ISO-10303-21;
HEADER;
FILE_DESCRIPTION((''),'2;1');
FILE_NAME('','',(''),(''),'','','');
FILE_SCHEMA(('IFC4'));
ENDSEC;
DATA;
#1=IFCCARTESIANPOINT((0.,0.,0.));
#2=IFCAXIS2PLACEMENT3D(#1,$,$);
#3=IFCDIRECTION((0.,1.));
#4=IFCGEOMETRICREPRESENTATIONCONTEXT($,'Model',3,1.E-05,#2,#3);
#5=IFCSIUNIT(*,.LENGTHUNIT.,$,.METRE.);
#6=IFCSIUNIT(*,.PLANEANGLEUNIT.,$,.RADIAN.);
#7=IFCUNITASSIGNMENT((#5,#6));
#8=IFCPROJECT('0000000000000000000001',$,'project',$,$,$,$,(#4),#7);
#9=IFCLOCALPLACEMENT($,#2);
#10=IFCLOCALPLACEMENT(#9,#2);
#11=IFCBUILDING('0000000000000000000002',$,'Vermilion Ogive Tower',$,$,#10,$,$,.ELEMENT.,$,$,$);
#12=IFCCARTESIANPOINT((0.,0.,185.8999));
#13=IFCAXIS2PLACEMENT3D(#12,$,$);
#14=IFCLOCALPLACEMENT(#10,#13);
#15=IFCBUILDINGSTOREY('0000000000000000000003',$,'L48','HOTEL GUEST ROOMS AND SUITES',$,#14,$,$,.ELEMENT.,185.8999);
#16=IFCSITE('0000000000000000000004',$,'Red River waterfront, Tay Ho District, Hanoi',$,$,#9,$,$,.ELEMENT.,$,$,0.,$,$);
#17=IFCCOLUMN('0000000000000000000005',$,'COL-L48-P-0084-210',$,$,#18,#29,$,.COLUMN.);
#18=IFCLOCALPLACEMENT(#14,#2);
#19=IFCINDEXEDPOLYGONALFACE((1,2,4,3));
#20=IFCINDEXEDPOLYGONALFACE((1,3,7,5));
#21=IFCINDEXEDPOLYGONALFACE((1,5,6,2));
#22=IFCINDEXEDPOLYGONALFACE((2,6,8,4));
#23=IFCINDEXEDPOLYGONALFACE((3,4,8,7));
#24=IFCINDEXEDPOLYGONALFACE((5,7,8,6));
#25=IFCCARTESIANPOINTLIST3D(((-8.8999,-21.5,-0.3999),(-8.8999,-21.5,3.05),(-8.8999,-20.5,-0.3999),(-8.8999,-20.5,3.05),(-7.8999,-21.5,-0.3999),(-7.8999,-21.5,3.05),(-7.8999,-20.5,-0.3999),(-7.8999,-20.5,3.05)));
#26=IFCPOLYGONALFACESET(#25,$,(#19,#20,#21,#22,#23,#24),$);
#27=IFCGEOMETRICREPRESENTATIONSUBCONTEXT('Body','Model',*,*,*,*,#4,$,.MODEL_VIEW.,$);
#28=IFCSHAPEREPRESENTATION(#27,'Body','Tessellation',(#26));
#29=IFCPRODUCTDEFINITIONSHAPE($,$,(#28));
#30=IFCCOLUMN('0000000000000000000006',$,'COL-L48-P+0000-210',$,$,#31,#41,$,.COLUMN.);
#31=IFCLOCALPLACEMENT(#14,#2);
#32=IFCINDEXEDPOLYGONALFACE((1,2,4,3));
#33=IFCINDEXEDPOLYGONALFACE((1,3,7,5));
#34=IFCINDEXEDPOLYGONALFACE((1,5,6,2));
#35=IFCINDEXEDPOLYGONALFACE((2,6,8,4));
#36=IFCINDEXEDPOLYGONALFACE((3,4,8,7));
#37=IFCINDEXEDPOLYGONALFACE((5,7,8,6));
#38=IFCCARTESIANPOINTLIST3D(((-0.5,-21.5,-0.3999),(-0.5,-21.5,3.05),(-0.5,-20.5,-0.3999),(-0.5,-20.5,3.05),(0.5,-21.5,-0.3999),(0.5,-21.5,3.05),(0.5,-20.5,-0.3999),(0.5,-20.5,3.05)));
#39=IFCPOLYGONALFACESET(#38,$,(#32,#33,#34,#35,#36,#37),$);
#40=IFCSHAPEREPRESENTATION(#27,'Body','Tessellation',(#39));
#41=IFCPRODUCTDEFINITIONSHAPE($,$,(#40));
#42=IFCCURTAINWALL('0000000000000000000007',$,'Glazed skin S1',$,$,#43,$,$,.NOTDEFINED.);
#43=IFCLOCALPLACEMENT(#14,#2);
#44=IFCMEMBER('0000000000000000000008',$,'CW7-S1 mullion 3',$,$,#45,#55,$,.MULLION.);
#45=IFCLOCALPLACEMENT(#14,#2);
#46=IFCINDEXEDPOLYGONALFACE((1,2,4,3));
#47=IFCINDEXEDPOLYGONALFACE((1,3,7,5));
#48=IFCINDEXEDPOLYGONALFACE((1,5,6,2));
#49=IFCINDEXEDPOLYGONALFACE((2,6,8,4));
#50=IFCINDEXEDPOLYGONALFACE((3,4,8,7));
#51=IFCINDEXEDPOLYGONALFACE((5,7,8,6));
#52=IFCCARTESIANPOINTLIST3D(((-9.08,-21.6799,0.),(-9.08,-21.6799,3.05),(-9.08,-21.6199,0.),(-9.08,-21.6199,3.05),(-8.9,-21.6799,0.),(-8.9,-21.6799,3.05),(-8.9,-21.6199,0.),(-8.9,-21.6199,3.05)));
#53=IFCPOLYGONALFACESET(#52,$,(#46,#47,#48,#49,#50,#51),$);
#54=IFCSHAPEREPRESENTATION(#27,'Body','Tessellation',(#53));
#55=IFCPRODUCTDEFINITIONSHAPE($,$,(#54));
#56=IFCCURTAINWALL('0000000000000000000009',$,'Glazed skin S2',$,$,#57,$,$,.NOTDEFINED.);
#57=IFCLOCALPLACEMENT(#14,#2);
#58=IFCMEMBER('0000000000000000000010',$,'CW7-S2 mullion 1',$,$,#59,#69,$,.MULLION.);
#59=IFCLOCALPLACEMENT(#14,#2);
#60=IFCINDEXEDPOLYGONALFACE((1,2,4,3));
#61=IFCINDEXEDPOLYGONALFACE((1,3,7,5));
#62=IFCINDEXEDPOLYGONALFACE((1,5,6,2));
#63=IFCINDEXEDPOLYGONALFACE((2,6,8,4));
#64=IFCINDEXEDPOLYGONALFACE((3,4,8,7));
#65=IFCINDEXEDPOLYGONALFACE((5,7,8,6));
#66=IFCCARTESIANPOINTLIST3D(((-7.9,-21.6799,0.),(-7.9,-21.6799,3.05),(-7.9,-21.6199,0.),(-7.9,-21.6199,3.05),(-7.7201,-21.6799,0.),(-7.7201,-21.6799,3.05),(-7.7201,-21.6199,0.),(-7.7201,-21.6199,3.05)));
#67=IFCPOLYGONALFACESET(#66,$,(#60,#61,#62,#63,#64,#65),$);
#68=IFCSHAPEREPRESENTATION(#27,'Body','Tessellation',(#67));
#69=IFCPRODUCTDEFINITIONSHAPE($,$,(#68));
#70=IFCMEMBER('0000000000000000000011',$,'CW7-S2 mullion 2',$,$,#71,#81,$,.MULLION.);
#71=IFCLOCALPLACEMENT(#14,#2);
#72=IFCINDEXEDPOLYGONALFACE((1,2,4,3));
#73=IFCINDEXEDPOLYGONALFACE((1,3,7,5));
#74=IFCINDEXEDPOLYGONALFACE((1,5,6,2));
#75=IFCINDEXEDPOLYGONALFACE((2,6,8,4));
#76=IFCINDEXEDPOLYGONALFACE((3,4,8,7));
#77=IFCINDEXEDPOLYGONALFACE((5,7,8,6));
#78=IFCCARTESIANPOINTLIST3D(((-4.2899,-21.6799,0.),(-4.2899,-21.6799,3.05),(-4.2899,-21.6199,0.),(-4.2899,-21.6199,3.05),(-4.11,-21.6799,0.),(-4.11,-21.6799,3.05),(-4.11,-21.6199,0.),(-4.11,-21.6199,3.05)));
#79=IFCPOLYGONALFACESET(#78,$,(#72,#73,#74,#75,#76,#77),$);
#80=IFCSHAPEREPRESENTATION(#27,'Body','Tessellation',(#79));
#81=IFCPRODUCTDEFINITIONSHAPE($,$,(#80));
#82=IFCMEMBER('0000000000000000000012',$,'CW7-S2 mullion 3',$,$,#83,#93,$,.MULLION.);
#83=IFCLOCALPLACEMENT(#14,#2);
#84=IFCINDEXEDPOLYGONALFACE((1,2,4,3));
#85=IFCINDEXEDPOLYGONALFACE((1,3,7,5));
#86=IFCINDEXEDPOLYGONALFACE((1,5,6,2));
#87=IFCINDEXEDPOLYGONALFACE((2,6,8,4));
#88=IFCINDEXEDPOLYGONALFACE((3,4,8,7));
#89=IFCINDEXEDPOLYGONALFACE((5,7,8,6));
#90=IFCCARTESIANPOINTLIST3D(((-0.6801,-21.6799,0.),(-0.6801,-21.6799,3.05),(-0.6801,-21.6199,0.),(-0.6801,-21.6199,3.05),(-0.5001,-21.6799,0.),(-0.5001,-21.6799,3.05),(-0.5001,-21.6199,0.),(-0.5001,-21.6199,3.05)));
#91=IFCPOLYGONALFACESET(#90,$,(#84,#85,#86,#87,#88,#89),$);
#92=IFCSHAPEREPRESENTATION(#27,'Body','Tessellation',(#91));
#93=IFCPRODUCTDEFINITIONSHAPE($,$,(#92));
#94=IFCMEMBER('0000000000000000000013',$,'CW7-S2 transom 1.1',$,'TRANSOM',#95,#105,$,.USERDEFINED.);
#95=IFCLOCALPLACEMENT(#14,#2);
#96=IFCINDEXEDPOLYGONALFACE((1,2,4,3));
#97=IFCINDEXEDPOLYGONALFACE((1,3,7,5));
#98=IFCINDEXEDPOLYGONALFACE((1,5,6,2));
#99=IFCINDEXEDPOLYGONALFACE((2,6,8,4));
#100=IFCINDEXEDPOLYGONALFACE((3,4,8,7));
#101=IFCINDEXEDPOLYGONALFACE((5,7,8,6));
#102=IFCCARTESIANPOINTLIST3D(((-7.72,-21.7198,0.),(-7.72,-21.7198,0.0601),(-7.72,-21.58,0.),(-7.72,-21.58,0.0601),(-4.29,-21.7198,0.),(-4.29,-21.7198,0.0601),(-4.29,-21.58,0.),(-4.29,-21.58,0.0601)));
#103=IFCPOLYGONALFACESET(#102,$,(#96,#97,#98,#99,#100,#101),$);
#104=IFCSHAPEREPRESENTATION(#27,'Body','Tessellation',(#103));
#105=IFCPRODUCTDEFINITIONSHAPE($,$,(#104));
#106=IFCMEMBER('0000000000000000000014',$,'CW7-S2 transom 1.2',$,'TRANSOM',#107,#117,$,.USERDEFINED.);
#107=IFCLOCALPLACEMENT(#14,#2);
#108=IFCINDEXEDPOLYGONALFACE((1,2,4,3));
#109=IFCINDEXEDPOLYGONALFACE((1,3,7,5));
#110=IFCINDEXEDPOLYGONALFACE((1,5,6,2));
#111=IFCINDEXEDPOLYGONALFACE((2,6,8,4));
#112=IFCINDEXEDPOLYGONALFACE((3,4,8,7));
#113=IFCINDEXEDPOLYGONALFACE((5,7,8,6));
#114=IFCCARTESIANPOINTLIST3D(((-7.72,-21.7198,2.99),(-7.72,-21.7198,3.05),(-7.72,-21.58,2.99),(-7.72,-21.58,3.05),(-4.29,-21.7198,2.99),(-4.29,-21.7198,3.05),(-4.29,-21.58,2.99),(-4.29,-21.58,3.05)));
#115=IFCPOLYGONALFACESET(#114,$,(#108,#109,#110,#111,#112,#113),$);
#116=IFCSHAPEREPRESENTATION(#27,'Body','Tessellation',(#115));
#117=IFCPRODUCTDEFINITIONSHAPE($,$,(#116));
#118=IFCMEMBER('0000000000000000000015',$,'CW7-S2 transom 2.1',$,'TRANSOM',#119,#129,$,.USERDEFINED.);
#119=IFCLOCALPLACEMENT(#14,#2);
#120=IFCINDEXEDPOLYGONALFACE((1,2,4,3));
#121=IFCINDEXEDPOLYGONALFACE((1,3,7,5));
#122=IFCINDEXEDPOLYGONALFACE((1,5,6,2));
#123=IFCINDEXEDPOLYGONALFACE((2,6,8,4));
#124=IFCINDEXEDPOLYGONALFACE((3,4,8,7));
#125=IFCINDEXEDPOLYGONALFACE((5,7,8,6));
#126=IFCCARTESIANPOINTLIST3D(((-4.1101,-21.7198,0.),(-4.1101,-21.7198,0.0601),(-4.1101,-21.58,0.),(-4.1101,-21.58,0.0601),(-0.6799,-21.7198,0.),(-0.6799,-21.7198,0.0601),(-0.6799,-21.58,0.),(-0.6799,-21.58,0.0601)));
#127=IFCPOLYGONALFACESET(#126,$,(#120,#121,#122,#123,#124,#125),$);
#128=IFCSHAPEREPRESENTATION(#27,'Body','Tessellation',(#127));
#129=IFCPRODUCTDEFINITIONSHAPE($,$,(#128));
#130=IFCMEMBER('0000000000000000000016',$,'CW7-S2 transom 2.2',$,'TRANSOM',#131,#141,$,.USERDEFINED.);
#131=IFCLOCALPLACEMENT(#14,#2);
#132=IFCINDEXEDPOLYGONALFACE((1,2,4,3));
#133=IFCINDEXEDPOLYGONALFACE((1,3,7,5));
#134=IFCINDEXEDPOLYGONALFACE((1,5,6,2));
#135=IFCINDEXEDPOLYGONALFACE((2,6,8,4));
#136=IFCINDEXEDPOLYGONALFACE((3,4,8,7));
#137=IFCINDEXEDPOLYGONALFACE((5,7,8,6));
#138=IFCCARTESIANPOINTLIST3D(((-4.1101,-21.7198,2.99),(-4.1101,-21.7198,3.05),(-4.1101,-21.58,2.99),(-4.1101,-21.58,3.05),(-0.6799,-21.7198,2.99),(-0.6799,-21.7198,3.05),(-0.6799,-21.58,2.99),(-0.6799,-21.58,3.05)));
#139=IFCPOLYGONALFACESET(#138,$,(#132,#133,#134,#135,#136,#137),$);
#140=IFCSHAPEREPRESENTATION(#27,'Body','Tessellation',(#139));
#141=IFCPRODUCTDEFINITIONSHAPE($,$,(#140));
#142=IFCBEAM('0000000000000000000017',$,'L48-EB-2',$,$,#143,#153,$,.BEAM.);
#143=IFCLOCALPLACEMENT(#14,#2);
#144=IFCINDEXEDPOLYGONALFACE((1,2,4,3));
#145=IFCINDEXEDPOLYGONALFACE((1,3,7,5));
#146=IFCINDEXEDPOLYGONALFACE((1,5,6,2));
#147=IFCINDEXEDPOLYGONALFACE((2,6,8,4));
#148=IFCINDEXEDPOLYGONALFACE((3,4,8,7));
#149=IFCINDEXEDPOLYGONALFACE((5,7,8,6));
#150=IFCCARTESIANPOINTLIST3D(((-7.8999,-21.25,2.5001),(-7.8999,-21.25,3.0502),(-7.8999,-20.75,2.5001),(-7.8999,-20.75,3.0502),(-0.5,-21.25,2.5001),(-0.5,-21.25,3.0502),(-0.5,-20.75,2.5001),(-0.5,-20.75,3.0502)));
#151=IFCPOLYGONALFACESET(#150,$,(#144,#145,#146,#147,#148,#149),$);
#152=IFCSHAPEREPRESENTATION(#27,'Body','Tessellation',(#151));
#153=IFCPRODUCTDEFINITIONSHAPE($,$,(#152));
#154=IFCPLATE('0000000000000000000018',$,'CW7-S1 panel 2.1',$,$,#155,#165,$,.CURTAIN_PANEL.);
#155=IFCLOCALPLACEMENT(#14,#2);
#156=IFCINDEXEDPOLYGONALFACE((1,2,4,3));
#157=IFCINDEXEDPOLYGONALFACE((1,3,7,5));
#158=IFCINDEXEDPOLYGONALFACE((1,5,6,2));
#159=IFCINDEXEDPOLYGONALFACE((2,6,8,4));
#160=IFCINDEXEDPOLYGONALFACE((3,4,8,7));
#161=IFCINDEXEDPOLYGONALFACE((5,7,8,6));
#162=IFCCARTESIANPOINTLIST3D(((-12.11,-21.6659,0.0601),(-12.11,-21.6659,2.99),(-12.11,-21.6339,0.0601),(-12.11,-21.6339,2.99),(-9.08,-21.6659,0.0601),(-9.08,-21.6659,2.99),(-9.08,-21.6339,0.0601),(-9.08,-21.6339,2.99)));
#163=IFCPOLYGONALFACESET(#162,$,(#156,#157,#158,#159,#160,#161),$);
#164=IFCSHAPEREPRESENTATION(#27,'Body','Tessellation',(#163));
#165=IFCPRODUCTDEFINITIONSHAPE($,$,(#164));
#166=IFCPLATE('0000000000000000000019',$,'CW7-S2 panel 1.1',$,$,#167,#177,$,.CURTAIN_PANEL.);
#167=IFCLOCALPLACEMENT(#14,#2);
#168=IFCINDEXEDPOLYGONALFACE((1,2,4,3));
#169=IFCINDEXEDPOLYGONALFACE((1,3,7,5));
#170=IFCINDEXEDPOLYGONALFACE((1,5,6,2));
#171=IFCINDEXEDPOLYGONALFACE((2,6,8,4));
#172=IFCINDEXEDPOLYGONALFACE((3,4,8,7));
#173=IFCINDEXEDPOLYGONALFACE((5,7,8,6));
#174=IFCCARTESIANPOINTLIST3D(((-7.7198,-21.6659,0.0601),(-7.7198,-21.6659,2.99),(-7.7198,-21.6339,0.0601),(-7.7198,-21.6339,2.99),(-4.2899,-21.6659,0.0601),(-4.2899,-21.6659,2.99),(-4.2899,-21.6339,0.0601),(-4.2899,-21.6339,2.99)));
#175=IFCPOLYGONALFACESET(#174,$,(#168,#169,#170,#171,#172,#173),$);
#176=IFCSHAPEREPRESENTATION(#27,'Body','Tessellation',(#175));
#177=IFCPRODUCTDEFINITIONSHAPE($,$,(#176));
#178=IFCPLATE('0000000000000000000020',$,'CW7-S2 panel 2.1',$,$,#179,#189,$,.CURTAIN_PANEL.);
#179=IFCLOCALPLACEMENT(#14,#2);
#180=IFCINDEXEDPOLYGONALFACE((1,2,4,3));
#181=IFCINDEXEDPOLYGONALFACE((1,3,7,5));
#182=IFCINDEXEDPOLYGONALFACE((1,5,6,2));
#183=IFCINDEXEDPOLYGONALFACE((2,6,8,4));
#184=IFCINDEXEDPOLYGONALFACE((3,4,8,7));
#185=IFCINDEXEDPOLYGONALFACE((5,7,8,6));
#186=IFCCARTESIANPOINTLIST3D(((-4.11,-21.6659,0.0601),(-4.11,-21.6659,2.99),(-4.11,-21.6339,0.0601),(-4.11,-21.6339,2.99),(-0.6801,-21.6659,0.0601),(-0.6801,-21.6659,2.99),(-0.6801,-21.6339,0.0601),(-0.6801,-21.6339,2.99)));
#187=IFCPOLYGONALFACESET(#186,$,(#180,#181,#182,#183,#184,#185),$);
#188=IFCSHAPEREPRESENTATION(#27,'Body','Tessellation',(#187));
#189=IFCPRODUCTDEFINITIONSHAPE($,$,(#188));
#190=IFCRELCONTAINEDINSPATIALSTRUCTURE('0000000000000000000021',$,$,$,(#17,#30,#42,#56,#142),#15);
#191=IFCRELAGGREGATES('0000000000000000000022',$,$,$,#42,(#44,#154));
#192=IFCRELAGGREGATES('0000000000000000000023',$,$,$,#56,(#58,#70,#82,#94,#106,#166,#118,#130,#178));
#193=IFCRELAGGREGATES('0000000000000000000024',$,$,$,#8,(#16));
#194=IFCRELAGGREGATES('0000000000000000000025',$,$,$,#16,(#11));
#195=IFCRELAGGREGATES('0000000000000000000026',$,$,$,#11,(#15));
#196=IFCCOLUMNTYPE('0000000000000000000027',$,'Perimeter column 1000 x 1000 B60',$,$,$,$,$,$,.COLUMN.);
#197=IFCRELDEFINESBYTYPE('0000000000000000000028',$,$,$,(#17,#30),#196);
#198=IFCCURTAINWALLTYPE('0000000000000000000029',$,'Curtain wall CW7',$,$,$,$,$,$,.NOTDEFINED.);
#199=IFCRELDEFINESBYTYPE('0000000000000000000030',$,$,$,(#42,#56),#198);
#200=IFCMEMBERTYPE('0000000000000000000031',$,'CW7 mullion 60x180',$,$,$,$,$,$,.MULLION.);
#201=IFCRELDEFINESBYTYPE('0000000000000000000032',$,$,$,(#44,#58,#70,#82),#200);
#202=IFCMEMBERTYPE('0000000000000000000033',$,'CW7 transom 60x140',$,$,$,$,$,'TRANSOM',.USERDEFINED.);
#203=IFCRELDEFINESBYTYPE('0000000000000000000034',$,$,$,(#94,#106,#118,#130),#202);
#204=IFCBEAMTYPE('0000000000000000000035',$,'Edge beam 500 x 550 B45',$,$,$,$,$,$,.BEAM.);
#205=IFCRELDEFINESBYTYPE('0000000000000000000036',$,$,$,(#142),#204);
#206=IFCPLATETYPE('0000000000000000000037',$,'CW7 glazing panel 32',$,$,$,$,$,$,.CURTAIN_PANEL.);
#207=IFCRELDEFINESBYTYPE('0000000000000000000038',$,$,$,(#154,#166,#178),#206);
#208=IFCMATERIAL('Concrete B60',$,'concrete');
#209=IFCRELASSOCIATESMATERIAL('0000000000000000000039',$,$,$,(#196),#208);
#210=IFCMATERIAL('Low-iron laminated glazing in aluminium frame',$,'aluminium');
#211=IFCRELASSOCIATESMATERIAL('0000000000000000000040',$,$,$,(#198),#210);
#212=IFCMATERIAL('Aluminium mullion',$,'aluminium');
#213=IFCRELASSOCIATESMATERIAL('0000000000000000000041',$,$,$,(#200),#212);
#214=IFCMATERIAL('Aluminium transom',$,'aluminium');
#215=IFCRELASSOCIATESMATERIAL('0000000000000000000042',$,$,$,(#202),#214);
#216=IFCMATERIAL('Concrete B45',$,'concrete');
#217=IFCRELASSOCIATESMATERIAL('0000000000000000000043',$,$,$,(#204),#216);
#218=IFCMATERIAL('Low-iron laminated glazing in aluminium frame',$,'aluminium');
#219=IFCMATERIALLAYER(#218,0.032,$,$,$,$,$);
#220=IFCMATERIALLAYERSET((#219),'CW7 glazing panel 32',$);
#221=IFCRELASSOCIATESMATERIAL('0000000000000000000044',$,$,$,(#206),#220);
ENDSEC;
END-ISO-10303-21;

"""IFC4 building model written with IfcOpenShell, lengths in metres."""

from ifc_helpers import new_model, si_unit, direction, frame, origin, origin_2d, place, context, subcontext, project, spatial, rectangle, extrude, material, layer, layer_set, material_profile, profile_set, type_object, element, aggregate, save


model = new_model("IFC4")

# Units and contexts
model_context = context("Model", 3, precision=1e-05, world=origin(), true_north=direction((0.0, 1.0)))
body_context = subcontext(model_context, "Body", "Model", "MODEL_VIEW")
ifc_project = project(units=[si_unit("LENGTHUNIT", "METRE"), si_unit("PLANEANGLEUNIT", "RADIAN")], contexts=[model_context])

# Site, building, storey
site_placement = place(None, origin())
site = spatial("IfcSite", under=ifc_project, at=site_placement, Name="Red River waterfront, Tay Ho District, Hanoi", CompositionType="ELEMENT", RefElevation=0.0)
building_placement = place(site_placement, origin())
building = spatial("IfcBuilding", under=site, at=building_placement, Name="Vermilion Ogive Tower", CompositionType="ELEMENT")
storey_placement = place(building_placement, frame((0.0, 0.0, 185.8999)))
storey = spatial("IfcBuildingStorey", under=building, at=storey_placement, Name="L48", Description="HOTEL GUEST ROOMS AND SUITES", CompositionType="ELEMENT", Elevation=185.8999)

# Columns
ifc_material_1 = material(Name="Concrete B60", Category="concrete")
ifc_material_profile_1 = material_profile(ifc_material_1, rectangle(XDim=1.0, YDim=1.0, at=origin_2d()), Name="1000 x 1000")
ifc_profile_set_1 = profile_set([ifc_material_profile_1], Name="Concrete B60")
column_type = type_object("IfcColumnType", Name="Perimeter column 1000 x 1000 B60", PredefinedType="COLUMN", material=ifc_profile_set_1)
for number, where, z_axis, x_axis, name in (
    (1, (-8.3999, -21.0, -0.3999), (0.0, 0.0, 1.0), (1.0, 0.0, 0.0), "COL-L48-P-0084-210"),
    (2, (0.0, -21.0, -0.3999), (0.0, 0.0, 1.0), (1.0, 0.0, 0.0), "COL-L48-P+0000-210"),
):
    element("IfcColumn", number, at=place(storey_placement, frame(where, z_axis=z_axis, x_axis=x_axis)), inside=storey, type_object=column_type, Name=name, PredefinedType="COLUMN", context=body_context, shape_type="SweptSolid", body=[
        extrude(rectangle(XDim=1.0, YDim=1.0, at=origin_2d()), origin(), (0.0, 0.0, 1.0), 3.45),
    ])

# Curtain wall, member
ifc_material_2 = material(Name="Low-iron laminated glazing in aluminium frame", Category="aluminium")
curtain_wall_type = type_object("IfcCurtainWallType", Name="Curtain wall CW7", PredefinedType="NOTDEFINED", material=ifc_material_2)
curtain_wall_1_placement = place(storey_placement, origin())
curtain_wall_1 = element("IfcCurtainWall", 3, at=curtain_wall_1_placement, inside=storey, type_object=curtain_wall_type, Name="Glazed skin S1", PredefinedType="NOTDEFINED")
ifc_material_3 = material(Name="Aluminium mullion", Category="aluminium")
ifc_material_profile_2 = material_profile(ifc_material_3, rectangle(XDim=0.0601, YDim=0.1799, at=origin_2d()), Name="AL 60x180")
ifc_profile_set_2 = profile_set([ifc_material_profile_2], Name="Aluminium mullion")
member_type_1 = type_object("IfcMemberType", Name="CW7 mullion 60x180", PredefinedType="MULLION", material=ifc_profile_set_2)
member_1_placement = place(storey_placement, frame((-8.99, -21.6499, 0.0), z_axis=(0.0, 0.0, 1.0), x_axis=(0.0, 1.0, 0.0)))
member_1 = element("IfcMember", 4, at=member_1_placement, type_object=member_type_1, Name="CW7-S1 mullion 3", PredefinedType="MULLION", context=body_context, shape_type="SweptSolid", body=[
    extrude(rectangle(XDim=0.0601, YDim=0.1799, at=origin_2d()), origin(), (0.0, 0.0, 1.0), 3.05),
])

# Curtain wall, members
curtain_wall_2_placement = place(storey_placement, origin())
curtain_wall_2 = element("IfcCurtainWall", 5, at=curtain_wall_2_placement, inside=storey, type_object=curtain_wall_type, Name="Glazed skin S2", PredefinedType="NOTDEFINED")
member_2_placement = place(storey_placement, frame((-7.8101, -21.6499, 0.0), z_axis=(0.0, 0.0, 1.0), x_axis=(0.0, 1.0, 0.0)))
member_2 = element("IfcMember", 6, at=member_2_placement, type_object=member_type_1, Name="CW7-S2 mullion 1", PredefinedType="MULLION", context=body_context, shape_type="SweptSolid", body=[
    extrude(rectangle(XDim=0.0601, YDim=0.1799, at=origin_2d()), origin(), (0.0, 0.0, 1.0), 3.05),
])
member_3_placement = place(storey_placement, frame((-4.2, -21.6499, 0.0), z_axis=(0.0, 0.0, 1.0), x_axis=(0.0, 1.0, 0.0)))
member_3 = element("IfcMember", 7, at=member_3_placement, type_object=member_type_1, Name="CW7-S2 mullion 2", PredefinedType="MULLION", context=body_context, shape_type="SweptSolid", body=[
    extrude(rectangle(XDim=0.0601, YDim=0.1799, at=origin_2d()), origin(), (0.0, 0.0, 1.0), 3.05),
])
member_4_placement = place(storey_placement, frame((-0.5901, -21.6499, 0.0), z_axis=(0.0, 0.0, 1.0), x_axis=(0.0, 1.0, 0.0)))
member_4 = element("IfcMember", 8, at=member_4_placement, type_object=member_type_1, Name="CW7-S2 mullion 3", PredefinedType="MULLION", context=body_context, shape_type="SweptSolid", body=[
    extrude(rectangle(XDim=0.0601, YDim=0.1799, at=origin_2d()), origin(), (0.0, 0.0, 1.0), 3.05),
])
ifc_material_4 = material(Name="Aluminium transom", Category="aluminium")
ifc_material_profile_3 = material_profile(ifc_material_4, rectangle(XDim=0.1399, YDim=0.0601, at=origin_2d()), Name="AL 60x140")
ifc_profile_set_3 = profile_set([ifc_material_profile_3], Name="Aluminium transom")
member_type_2 = type_object("IfcMemberType", Name="CW7 transom 60x140", ElementType="TRANSOM", PredefinedType="USERDEFINED", material=ifc_profile_set_3)
member_5_placement = place(storey_placement, frame((-7.72, -21.6499, 0.03), z_axis=(1.0, 0.0, 0.0), x_axis=(0.0, 1.0, 0.0)))
member_5 = element("IfcMember", 9, at=member_5_placement, type_object=member_type_2, Name="CW7-S2 transom 1.1", ObjectType="TRANSOM", PredefinedType="USERDEFINED", context=body_context, shape_type="SweptSolid", body=[
    extrude(rectangle(XDim=0.1399, YDim=0.0601, at=origin_2d()), origin(), (0.0, 0.0, 1.0), 3.4299),
])
member_6_placement = place(storey_placement, frame((-7.72, -21.6499, 3.02), z_axis=(1.0, 0.0, 0.0), x_axis=(0.0, 1.0, 0.0)))
member_6 = element("IfcMember", 10, at=member_6_placement, type_object=member_type_2, Name="CW7-S2 transom 1.2", ObjectType="TRANSOM", PredefinedType="USERDEFINED", context=body_context, shape_type="SweptSolid", body=[
    extrude(rectangle(XDim=0.1399, YDim=0.0601, at=origin_2d()), origin(), (0.0, 0.0, 1.0), 3.4299),
])
member_7_placement = place(storey_placement, frame((-4.1101, -21.6499, 0.03), z_axis=(1.0, 0.0, 0.0), x_axis=(0.0, 1.0, 0.0)))
member_7 = element("IfcMember", 11, at=member_7_placement, type_object=member_type_2, Name="CW7-S2 transom 2.1", ObjectType="TRANSOM", PredefinedType="USERDEFINED", context=body_context, shape_type="SweptSolid", body=[
    extrude(rectangle(XDim=0.1399, YDim=0.0601, at=origin_2d()), origin(), (0.0, 0.0, 1.0), 3.4302),
])
member_8_placement = place(storey_placement, frame((-4.1101, -21.6499, 3.02), z_axis=(1.0, 0.0, 0.0), x_axis=(0.0, 1.0, 0.0)))
member_8 = element("IfcMember", 12, at=member_8_placement, type_object=member_type_2, Name="CW7-S2 transom 2.2", ObjectType="TRANSOM", PredefinedType="USERDEFINED", context=body_context, shape_type="SweptSolid", body=[
    extrude(rectangle(XDim=0.1399, YDim=0.0601, at=origin_2d()), origin(), (0.0, 0.0, 1.0), 3.4302),
])

# Beam
ifc_material_5 = material(Name="Concrete B45", Category="concrete")
ifc_material_profile_4 = material_profile(ifc_material_5, rectangle(XDim=0.5, YDim=0.55, at=origin_2d()), Name="500 x 550")
ifc_profile_set_4 = profile_set([ifc_material_profile_4], Name="Concrete B45")
beam_type = type_object("IfcBeamType", Name="Edge beam 500 x 550 B45", PredefinedType="BEAM", material=ifc_profile_set_4)
beam_placement = place(storey_placement, frame((-7.8999, -21.0, 2.7751), z_axis=(1.0, 0.0, 0.0), x_axis=(0.0, 1.0, 0.0)))
element("IfcBeam", 13, at=beam_placement, inside=storey, type_object=beam_type, Name="L48-EB-2", PredefinedType="BEAM", context=body_context, shape_type="SweptSolid", body=[
    extrude(rectangle(XDim=0.5, YDim=0.55, at=origin_2d()), origin(), (0.0, 0.0, 1.0), 7.3999),
])

# Plates
ifc_material_6 = material(Name="Low-iron laminated glazing in aluminium frame", Category="aluminium")
ifc_layer_1 = layer(ifc_material_6, 0.032)
ifc_layer_set_1 = layer_set([ifc_layer_1], Name="CW7 glazing panel 32")
plate_type = type_object("IfcPlateType", Name="CW7 glazing panel 32", PredefinedType="CURTAIN_PANEL", material=ifc_layer_set_1)
plate_1_placement = place(storey_placement, frame((-10.595, -21.6499, 0.0601), z_axis=(0.0, 0.0, 1.0), x_axis=(1.0, 0.0, 0.0)))
plate_1 = element("IfcPlate", 14, at=plate_1_placement, type_object=plate_type, Name="CW7-S1 panel 2.1", PredefinedType="CURTAIN_PANEL", context=body_context, shape_type="SweptSolid", body=[
    extrude(rectangle(XDim=3.03, YDim=0.032, at=origin_2d()), origin(), (0.0, 0.0, 1.0), 2.9299),
])
aggregate(curtain_wall_1, [member_1, plate_1])
plate_2_placement = place(storey_placement, frame((-6.0049, -21.6499, 0.0601), z_axis=(0.0, 0.0, 1.0), x_axis=(1.0, 0.0, 0.0)))
plate_2 = element("IfcPlate", 15, at=plate_2_placement, type_object=plate_type, Name="CW7-S2 panel 1.1", PredefinedType="CURTAIN_PANEL", context=body_context, shape_type="SweptSolid", body=[
    extrude(rectangle(XDim=3.4299, YDim=0.032, at=origin_2d()), origin(), (0.0, 0.0, 1.0), 2.9299),
])
plate_3_placement = place(storey_placement, frame((-2.395, -21.6499, 0.0601), z_axis=(0.0, 0.0, 1.0), x_axis=(1.0, 0.0, 0.0)))
plate_3 = element("IfcPlate", 16, at=plate_3_placement, type_object=plate_type, Name="CW7-S2 panel 2.1", PredefinedType="CURTAIN_PANEL", context=body_context, shape_type="SweptSolid", body=[
    extrude(rectangle(XDim=3.4299, YDim=0.032, at=origin_2d()), origin(), (0.0, 0.0, 1.0), 2.9299),
])
aggregate(curtain_wall_2, [member_2, member_3, member_4, member_5, member_6, plate_2, member_7, member_8, plate_3])

save(model, "model.ifc")
